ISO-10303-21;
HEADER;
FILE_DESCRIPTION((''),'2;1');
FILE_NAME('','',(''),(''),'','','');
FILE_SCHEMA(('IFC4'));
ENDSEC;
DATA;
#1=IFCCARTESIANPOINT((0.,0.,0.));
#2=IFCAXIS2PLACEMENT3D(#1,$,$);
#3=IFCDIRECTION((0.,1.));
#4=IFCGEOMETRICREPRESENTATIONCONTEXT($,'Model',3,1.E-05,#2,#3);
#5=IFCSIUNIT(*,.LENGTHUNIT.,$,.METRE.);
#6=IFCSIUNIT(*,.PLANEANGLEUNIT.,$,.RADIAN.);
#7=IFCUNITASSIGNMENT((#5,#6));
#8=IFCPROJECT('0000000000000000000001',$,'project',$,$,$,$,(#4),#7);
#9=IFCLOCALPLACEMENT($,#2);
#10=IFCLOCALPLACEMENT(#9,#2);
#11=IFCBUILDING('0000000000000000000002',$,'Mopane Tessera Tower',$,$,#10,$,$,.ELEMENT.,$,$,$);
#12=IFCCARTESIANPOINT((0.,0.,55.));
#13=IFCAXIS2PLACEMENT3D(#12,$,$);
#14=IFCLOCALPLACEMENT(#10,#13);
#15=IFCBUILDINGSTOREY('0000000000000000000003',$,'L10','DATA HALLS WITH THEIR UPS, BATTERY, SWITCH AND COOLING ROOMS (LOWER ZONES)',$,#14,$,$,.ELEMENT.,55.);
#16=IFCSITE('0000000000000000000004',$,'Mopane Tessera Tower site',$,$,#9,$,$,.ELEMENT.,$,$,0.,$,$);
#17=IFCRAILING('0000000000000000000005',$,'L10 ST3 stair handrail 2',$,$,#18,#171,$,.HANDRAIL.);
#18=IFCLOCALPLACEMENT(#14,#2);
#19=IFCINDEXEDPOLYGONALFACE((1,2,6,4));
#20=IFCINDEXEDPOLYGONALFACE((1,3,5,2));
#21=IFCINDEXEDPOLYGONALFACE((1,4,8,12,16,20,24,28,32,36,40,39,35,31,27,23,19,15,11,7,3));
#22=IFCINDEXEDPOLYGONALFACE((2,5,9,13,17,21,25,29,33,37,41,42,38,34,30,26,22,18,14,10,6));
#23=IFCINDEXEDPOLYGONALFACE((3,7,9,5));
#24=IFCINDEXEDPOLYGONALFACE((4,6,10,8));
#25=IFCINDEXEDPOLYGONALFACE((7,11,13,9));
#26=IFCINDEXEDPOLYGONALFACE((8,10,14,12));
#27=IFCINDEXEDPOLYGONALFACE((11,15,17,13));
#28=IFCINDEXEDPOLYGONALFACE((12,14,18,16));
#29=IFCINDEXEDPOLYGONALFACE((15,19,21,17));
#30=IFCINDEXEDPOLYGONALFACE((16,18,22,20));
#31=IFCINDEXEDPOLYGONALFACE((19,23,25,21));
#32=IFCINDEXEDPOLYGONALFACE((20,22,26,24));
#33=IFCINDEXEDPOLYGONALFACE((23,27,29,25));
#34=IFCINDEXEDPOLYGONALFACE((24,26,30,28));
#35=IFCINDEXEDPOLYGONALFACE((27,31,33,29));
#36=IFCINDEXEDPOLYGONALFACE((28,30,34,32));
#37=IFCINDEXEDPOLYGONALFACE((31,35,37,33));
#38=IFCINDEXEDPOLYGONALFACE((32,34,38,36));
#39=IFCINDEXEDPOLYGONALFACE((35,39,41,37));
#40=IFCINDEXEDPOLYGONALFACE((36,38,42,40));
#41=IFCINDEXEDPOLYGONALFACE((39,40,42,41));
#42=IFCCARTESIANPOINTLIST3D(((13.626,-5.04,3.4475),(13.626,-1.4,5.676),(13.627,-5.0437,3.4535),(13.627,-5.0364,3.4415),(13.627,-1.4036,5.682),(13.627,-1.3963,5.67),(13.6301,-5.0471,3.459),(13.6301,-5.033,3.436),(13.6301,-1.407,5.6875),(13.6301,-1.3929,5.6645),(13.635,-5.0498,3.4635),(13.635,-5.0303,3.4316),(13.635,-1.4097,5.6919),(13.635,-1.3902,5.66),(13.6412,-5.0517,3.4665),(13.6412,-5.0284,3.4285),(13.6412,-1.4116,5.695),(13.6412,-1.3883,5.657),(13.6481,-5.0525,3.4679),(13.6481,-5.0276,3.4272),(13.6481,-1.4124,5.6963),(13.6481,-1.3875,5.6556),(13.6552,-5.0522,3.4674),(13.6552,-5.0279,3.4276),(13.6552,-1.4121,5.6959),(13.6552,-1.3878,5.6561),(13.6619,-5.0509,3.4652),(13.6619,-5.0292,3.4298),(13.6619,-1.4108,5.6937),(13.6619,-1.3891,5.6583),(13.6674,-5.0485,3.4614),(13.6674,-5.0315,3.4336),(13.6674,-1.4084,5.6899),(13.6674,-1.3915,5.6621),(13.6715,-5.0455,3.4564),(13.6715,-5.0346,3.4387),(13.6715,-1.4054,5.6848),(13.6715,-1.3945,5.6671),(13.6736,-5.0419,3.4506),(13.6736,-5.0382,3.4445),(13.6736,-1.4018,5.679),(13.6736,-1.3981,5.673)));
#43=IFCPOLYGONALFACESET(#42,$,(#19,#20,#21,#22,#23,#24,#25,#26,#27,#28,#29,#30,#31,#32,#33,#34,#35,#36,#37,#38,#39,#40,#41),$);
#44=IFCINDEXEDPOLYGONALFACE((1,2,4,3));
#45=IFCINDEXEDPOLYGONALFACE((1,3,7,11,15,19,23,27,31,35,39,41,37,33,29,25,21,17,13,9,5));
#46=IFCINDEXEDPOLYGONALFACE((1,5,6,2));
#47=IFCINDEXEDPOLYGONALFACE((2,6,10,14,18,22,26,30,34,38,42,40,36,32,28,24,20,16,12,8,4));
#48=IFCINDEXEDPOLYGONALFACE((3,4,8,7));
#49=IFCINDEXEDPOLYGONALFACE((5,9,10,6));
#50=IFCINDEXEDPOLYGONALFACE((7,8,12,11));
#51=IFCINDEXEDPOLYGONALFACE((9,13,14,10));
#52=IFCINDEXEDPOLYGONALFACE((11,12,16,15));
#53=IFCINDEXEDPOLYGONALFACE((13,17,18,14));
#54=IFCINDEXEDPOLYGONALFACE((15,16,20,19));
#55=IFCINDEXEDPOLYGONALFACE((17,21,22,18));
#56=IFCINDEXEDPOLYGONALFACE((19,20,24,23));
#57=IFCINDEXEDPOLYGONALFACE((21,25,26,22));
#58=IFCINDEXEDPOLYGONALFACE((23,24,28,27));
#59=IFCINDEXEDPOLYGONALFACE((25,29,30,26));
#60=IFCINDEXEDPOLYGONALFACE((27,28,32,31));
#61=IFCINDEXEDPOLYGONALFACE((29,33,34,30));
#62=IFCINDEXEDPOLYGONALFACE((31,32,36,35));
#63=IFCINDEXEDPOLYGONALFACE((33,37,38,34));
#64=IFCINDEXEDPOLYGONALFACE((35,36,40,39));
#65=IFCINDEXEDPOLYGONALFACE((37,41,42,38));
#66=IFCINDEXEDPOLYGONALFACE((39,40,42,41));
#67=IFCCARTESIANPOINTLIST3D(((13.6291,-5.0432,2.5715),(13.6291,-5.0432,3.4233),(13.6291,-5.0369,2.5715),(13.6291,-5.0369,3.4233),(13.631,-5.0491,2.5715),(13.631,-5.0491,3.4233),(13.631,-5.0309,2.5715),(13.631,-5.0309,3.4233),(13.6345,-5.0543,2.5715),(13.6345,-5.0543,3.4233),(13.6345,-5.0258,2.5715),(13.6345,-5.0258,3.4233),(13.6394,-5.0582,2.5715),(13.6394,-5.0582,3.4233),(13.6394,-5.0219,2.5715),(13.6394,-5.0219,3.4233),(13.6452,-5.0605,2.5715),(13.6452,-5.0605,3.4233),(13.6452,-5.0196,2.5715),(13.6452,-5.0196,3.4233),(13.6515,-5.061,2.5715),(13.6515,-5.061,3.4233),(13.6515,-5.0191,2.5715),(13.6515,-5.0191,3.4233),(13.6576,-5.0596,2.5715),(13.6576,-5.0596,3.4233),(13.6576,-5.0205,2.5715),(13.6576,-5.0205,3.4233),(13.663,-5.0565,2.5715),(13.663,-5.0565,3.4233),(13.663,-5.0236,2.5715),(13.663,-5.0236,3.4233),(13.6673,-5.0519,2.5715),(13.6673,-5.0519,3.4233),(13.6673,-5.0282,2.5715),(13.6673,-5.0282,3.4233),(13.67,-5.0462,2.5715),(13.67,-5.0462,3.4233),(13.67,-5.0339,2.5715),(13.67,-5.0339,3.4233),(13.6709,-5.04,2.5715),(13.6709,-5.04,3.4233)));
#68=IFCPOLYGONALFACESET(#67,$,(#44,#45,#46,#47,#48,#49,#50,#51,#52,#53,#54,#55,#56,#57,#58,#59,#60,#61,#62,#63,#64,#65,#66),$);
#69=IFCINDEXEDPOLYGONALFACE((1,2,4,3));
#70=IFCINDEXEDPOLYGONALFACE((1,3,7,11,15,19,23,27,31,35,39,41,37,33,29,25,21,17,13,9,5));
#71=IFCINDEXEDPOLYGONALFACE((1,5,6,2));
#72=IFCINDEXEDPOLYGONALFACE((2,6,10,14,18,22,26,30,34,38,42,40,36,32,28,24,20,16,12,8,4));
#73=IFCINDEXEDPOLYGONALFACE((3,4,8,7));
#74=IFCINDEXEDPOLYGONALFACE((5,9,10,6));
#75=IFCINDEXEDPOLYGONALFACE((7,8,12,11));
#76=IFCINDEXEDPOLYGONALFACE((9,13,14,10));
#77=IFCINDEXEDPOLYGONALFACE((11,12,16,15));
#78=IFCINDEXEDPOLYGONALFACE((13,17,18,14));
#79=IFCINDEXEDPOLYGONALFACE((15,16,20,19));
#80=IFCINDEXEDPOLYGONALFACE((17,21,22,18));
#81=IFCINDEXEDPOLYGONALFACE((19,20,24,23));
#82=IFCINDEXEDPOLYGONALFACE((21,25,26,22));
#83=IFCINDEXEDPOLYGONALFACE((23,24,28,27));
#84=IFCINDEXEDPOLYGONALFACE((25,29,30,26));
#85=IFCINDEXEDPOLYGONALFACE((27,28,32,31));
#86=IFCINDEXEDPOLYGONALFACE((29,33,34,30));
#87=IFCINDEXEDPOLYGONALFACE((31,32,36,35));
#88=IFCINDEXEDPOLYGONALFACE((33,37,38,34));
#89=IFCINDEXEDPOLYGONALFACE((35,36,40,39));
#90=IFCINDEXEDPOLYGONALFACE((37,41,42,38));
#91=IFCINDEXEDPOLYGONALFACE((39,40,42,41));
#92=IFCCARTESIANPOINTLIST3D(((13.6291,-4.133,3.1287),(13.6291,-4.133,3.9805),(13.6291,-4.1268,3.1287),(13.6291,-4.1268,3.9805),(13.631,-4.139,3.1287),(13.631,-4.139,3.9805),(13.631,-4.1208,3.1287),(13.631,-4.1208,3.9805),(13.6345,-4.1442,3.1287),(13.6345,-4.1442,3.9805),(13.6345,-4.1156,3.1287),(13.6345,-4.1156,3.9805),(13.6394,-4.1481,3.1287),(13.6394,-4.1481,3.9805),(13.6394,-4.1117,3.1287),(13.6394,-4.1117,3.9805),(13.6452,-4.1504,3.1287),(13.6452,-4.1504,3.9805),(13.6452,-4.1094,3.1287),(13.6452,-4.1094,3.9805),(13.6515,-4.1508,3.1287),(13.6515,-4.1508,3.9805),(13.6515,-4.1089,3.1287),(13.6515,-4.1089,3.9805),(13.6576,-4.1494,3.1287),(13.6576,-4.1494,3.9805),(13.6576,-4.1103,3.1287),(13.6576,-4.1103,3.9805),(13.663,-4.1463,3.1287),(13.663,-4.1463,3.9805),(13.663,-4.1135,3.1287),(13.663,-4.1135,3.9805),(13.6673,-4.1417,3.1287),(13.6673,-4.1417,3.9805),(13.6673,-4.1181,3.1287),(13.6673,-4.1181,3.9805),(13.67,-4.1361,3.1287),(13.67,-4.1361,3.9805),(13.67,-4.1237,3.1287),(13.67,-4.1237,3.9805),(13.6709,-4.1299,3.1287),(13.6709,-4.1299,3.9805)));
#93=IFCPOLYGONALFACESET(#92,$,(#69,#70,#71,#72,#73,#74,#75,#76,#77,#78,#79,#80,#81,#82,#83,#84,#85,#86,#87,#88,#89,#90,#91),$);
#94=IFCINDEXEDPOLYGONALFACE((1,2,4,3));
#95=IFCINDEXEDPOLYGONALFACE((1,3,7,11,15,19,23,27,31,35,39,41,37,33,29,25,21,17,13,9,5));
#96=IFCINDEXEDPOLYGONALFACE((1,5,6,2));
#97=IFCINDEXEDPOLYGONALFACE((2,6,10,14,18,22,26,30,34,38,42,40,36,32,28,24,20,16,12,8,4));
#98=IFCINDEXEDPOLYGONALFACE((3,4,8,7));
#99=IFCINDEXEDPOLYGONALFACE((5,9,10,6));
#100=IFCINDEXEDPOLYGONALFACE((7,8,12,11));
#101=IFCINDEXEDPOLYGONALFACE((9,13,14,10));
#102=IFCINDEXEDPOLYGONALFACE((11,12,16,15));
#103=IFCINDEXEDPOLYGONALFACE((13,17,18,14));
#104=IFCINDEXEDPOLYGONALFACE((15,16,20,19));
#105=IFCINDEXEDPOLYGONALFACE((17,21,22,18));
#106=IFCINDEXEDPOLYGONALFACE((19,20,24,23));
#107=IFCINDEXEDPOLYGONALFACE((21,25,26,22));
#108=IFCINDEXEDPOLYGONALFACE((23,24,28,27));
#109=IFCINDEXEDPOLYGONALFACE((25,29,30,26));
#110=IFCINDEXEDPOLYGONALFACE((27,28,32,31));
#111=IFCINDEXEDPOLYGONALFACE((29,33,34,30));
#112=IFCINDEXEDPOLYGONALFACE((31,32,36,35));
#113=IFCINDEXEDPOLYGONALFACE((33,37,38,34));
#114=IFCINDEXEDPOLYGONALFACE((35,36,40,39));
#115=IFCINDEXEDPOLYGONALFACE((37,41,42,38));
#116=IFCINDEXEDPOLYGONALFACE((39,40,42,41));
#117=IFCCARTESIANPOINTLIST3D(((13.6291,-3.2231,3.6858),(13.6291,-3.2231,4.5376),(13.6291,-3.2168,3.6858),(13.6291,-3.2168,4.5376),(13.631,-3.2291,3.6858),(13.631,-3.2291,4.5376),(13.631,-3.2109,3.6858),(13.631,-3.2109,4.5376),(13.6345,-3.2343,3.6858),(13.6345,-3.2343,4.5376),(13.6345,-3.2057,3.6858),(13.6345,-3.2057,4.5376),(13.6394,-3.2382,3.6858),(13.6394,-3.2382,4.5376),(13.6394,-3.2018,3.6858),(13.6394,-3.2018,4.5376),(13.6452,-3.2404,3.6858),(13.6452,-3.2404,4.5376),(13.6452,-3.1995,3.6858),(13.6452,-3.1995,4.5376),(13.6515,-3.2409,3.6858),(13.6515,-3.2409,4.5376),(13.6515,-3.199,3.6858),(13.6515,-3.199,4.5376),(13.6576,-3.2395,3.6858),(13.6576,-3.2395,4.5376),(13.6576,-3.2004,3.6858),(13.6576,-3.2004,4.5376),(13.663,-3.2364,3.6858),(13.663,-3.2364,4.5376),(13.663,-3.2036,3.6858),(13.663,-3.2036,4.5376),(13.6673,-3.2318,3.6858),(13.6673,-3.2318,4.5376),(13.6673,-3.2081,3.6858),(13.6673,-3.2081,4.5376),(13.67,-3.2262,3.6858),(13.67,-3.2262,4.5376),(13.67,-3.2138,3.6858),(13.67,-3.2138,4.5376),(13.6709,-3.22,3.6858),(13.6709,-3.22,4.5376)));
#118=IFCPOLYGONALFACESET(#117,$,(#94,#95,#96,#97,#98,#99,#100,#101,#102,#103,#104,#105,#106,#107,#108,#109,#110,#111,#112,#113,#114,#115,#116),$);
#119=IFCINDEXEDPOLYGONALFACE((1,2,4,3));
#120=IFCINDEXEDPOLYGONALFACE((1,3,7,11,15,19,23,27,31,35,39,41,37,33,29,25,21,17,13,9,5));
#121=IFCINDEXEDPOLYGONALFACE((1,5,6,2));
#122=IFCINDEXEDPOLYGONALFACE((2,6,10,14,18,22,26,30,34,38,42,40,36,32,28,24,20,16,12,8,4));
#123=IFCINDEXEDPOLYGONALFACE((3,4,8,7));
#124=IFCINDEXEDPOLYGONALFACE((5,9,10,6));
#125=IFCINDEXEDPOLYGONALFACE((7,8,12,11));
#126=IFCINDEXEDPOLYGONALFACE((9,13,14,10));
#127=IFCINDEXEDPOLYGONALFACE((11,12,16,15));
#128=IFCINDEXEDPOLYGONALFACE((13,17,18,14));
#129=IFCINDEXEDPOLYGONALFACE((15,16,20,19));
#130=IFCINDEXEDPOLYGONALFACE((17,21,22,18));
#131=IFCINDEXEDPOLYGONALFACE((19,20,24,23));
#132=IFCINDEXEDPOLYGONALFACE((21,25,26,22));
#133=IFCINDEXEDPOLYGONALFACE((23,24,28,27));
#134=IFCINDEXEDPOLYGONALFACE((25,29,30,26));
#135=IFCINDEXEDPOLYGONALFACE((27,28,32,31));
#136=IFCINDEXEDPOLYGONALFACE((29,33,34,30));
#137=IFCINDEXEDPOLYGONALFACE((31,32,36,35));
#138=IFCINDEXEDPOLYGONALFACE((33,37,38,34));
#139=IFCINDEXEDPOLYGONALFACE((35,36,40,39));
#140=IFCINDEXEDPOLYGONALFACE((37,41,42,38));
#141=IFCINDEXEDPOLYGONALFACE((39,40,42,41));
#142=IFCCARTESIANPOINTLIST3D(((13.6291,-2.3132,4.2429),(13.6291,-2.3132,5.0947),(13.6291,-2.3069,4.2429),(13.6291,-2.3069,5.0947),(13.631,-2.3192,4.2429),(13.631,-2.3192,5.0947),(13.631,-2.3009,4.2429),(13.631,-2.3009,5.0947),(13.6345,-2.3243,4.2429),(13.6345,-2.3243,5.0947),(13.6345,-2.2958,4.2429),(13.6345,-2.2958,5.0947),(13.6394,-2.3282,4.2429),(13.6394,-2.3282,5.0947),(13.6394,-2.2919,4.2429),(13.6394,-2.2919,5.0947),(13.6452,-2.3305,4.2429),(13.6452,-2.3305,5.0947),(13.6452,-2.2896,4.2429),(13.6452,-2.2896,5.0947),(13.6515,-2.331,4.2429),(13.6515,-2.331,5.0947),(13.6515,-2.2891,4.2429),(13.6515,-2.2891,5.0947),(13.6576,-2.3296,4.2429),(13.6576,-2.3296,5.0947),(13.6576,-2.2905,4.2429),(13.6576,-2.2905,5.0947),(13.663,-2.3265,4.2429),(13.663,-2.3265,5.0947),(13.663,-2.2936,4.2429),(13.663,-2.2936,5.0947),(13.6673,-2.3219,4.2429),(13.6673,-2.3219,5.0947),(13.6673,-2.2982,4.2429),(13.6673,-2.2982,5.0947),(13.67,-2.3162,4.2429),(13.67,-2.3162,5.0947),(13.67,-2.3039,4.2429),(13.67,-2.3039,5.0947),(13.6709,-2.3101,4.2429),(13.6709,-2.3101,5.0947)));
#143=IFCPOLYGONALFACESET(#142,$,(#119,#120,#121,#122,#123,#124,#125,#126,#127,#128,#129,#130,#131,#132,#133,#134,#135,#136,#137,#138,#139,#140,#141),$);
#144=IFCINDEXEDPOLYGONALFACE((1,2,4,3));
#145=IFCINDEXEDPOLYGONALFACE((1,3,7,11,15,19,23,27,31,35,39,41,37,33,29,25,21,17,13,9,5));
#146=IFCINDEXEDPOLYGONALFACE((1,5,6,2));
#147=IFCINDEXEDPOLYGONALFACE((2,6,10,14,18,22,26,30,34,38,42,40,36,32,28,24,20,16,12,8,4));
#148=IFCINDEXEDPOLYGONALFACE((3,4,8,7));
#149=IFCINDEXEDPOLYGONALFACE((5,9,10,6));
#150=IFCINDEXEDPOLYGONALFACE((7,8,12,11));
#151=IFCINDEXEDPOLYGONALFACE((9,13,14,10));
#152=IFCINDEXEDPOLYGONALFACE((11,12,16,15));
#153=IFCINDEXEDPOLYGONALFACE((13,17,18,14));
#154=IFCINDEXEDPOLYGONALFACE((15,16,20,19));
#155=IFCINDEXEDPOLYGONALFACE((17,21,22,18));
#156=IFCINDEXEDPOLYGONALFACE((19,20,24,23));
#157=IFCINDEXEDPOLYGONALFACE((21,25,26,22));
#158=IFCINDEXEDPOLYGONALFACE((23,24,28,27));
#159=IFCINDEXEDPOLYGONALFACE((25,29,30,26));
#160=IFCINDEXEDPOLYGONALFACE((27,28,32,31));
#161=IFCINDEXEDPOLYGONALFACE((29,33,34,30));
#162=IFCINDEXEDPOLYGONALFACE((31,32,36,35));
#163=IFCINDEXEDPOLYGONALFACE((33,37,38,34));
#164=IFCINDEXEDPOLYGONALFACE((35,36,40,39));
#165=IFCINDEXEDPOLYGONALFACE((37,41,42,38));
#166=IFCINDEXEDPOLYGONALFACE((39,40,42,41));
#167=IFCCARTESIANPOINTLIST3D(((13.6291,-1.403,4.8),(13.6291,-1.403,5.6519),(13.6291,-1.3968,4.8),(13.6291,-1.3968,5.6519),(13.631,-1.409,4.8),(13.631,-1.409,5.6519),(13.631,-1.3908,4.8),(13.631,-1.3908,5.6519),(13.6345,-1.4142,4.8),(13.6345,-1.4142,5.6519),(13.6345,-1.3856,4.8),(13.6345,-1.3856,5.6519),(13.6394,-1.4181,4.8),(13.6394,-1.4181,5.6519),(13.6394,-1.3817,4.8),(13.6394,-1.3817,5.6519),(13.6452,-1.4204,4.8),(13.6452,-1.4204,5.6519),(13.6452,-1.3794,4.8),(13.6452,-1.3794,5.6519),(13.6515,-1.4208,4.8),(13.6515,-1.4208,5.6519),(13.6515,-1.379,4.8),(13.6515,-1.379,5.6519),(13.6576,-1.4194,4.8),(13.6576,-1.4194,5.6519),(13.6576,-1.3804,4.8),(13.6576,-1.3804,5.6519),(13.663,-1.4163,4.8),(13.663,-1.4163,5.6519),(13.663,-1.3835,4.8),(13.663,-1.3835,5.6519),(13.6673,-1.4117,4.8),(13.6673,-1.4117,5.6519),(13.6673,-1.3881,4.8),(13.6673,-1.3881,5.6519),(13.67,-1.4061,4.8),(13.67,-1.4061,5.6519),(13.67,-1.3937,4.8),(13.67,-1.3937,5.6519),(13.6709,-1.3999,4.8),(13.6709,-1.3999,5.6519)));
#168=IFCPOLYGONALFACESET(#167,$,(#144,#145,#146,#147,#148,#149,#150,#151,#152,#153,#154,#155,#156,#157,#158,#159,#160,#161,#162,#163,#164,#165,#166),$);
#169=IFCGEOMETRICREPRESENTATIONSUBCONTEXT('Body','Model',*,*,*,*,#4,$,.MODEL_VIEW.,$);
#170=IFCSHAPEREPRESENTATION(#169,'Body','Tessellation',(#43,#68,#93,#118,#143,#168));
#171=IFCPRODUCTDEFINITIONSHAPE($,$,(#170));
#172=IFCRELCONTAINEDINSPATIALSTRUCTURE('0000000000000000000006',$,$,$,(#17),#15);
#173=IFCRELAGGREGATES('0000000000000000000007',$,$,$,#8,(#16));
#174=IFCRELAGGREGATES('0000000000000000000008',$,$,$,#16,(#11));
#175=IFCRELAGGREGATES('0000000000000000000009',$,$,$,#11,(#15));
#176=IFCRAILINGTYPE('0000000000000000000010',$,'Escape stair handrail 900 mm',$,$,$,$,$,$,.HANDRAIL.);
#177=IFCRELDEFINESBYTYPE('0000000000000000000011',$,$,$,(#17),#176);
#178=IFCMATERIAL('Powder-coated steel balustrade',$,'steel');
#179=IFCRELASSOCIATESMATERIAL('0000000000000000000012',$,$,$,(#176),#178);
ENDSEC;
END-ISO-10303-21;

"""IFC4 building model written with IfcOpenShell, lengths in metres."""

from ifc_helpers import new_model, si_unit, direction, frame, origin, origin_2d, place, context, subcontext, project, spatial, circle, extrude, material, type_object, element, save


model = new_model("IFC4")

# Units and contexts
model_context = context("Model", 3, precision=1e-05, world=origin(), true_north=direction((0.0, 1.0)))
body_context = subcontext(model_context, "Body", "Model", "MODEL_VIEW")
ifc_project = project(units=[si_unit("LENGTHUNIT", "METRE"), si_unit("PLANEANGLEUNIT", "RADIAN")], contexts=[model_context])

# Site, building, storey
site_placement = place(None, origin())
site = spatial("IfcSite", under=ifc_project, at=site_placement, Name="Mopane Tessera Tower site", CompositionType="ELEMENT", RefElevation=0.0)
building_placement = place(site_placement, origin())
building = spatial("IfcBuilding", under=site, at=building_placement, Name="Mopane Tessera Tower", CompositionType="ELEMENT")
storey_placement = place(building_placement, frame((0.0, 0.0, 55.0)))
storey = spatial("IfcBuildingStorey", under=building, at=storey_placement, Name="L10", Description="DATA HALLS WITH THEIR UPS, BATTERY, SWITCH AND COOLING ROOMS (LOWER ZONES)", CompositionType="ELEMENT", Elevation=55.0)

# Railing
ifc_material_1 = material(Name="Powder-coated steel balustrade", Category="steel")
railing_type_1 = type_object("IfcRailingType", Name="Escape stair handrail 900 mm", PredefinedType="HANDRAIL", material=ifc_material_1)
railing_1_placement = place(storey_placement, frame((13.6499, -5.04, 2.5715)))
element("IfcRailing", 1, at=railing_1_placement, inside=storey, type_object=railing_type_1, Name="L10 ST3 stair handrail 2", PredefinedType="HANDRAIL", context=body_context, shape_type="SweptSolid", body=[
    extrude(circle(Radius=0.0239, at=origin_2d()), frame((0.0, 0.0, 0.876), z_axis=(0.0, 0.852866, 0.52213), x_axis=(-1.0, 0.0, 0.0)), (0.0, 0.0, 1.0), 4.2681),
    extrude(circle(Radius=0.021, at=origin_2d()), origin(), (0.0, 0.0, 1.0), 0.8518),
    extrude(circle(Radius=0.021, at=origin_2d()), frame((0.0, 0.9102, 0.5571)), (0.0, 0.0, 1.0), 0.8518),
    extrude(circle(Radius=0.021, at=origin_2d()), frame((0.0, 1.8201, 1.1143)), (0.0, 0.0, 1.0), 0.8518),
    extrude(circle(Radius=0.021, at=origin_2d()), frame((0.0, 2.73, 1.6714)), (0.0, 0.0, 1.0), 0.8518),
    extrude(circle(Radius=0.021, at=origin_2d()), frame((0.0, 3.6401, 2.2285)), (0.0, 0.0, 1.0), 0.8518),
])

save(model, "model.ifc")
